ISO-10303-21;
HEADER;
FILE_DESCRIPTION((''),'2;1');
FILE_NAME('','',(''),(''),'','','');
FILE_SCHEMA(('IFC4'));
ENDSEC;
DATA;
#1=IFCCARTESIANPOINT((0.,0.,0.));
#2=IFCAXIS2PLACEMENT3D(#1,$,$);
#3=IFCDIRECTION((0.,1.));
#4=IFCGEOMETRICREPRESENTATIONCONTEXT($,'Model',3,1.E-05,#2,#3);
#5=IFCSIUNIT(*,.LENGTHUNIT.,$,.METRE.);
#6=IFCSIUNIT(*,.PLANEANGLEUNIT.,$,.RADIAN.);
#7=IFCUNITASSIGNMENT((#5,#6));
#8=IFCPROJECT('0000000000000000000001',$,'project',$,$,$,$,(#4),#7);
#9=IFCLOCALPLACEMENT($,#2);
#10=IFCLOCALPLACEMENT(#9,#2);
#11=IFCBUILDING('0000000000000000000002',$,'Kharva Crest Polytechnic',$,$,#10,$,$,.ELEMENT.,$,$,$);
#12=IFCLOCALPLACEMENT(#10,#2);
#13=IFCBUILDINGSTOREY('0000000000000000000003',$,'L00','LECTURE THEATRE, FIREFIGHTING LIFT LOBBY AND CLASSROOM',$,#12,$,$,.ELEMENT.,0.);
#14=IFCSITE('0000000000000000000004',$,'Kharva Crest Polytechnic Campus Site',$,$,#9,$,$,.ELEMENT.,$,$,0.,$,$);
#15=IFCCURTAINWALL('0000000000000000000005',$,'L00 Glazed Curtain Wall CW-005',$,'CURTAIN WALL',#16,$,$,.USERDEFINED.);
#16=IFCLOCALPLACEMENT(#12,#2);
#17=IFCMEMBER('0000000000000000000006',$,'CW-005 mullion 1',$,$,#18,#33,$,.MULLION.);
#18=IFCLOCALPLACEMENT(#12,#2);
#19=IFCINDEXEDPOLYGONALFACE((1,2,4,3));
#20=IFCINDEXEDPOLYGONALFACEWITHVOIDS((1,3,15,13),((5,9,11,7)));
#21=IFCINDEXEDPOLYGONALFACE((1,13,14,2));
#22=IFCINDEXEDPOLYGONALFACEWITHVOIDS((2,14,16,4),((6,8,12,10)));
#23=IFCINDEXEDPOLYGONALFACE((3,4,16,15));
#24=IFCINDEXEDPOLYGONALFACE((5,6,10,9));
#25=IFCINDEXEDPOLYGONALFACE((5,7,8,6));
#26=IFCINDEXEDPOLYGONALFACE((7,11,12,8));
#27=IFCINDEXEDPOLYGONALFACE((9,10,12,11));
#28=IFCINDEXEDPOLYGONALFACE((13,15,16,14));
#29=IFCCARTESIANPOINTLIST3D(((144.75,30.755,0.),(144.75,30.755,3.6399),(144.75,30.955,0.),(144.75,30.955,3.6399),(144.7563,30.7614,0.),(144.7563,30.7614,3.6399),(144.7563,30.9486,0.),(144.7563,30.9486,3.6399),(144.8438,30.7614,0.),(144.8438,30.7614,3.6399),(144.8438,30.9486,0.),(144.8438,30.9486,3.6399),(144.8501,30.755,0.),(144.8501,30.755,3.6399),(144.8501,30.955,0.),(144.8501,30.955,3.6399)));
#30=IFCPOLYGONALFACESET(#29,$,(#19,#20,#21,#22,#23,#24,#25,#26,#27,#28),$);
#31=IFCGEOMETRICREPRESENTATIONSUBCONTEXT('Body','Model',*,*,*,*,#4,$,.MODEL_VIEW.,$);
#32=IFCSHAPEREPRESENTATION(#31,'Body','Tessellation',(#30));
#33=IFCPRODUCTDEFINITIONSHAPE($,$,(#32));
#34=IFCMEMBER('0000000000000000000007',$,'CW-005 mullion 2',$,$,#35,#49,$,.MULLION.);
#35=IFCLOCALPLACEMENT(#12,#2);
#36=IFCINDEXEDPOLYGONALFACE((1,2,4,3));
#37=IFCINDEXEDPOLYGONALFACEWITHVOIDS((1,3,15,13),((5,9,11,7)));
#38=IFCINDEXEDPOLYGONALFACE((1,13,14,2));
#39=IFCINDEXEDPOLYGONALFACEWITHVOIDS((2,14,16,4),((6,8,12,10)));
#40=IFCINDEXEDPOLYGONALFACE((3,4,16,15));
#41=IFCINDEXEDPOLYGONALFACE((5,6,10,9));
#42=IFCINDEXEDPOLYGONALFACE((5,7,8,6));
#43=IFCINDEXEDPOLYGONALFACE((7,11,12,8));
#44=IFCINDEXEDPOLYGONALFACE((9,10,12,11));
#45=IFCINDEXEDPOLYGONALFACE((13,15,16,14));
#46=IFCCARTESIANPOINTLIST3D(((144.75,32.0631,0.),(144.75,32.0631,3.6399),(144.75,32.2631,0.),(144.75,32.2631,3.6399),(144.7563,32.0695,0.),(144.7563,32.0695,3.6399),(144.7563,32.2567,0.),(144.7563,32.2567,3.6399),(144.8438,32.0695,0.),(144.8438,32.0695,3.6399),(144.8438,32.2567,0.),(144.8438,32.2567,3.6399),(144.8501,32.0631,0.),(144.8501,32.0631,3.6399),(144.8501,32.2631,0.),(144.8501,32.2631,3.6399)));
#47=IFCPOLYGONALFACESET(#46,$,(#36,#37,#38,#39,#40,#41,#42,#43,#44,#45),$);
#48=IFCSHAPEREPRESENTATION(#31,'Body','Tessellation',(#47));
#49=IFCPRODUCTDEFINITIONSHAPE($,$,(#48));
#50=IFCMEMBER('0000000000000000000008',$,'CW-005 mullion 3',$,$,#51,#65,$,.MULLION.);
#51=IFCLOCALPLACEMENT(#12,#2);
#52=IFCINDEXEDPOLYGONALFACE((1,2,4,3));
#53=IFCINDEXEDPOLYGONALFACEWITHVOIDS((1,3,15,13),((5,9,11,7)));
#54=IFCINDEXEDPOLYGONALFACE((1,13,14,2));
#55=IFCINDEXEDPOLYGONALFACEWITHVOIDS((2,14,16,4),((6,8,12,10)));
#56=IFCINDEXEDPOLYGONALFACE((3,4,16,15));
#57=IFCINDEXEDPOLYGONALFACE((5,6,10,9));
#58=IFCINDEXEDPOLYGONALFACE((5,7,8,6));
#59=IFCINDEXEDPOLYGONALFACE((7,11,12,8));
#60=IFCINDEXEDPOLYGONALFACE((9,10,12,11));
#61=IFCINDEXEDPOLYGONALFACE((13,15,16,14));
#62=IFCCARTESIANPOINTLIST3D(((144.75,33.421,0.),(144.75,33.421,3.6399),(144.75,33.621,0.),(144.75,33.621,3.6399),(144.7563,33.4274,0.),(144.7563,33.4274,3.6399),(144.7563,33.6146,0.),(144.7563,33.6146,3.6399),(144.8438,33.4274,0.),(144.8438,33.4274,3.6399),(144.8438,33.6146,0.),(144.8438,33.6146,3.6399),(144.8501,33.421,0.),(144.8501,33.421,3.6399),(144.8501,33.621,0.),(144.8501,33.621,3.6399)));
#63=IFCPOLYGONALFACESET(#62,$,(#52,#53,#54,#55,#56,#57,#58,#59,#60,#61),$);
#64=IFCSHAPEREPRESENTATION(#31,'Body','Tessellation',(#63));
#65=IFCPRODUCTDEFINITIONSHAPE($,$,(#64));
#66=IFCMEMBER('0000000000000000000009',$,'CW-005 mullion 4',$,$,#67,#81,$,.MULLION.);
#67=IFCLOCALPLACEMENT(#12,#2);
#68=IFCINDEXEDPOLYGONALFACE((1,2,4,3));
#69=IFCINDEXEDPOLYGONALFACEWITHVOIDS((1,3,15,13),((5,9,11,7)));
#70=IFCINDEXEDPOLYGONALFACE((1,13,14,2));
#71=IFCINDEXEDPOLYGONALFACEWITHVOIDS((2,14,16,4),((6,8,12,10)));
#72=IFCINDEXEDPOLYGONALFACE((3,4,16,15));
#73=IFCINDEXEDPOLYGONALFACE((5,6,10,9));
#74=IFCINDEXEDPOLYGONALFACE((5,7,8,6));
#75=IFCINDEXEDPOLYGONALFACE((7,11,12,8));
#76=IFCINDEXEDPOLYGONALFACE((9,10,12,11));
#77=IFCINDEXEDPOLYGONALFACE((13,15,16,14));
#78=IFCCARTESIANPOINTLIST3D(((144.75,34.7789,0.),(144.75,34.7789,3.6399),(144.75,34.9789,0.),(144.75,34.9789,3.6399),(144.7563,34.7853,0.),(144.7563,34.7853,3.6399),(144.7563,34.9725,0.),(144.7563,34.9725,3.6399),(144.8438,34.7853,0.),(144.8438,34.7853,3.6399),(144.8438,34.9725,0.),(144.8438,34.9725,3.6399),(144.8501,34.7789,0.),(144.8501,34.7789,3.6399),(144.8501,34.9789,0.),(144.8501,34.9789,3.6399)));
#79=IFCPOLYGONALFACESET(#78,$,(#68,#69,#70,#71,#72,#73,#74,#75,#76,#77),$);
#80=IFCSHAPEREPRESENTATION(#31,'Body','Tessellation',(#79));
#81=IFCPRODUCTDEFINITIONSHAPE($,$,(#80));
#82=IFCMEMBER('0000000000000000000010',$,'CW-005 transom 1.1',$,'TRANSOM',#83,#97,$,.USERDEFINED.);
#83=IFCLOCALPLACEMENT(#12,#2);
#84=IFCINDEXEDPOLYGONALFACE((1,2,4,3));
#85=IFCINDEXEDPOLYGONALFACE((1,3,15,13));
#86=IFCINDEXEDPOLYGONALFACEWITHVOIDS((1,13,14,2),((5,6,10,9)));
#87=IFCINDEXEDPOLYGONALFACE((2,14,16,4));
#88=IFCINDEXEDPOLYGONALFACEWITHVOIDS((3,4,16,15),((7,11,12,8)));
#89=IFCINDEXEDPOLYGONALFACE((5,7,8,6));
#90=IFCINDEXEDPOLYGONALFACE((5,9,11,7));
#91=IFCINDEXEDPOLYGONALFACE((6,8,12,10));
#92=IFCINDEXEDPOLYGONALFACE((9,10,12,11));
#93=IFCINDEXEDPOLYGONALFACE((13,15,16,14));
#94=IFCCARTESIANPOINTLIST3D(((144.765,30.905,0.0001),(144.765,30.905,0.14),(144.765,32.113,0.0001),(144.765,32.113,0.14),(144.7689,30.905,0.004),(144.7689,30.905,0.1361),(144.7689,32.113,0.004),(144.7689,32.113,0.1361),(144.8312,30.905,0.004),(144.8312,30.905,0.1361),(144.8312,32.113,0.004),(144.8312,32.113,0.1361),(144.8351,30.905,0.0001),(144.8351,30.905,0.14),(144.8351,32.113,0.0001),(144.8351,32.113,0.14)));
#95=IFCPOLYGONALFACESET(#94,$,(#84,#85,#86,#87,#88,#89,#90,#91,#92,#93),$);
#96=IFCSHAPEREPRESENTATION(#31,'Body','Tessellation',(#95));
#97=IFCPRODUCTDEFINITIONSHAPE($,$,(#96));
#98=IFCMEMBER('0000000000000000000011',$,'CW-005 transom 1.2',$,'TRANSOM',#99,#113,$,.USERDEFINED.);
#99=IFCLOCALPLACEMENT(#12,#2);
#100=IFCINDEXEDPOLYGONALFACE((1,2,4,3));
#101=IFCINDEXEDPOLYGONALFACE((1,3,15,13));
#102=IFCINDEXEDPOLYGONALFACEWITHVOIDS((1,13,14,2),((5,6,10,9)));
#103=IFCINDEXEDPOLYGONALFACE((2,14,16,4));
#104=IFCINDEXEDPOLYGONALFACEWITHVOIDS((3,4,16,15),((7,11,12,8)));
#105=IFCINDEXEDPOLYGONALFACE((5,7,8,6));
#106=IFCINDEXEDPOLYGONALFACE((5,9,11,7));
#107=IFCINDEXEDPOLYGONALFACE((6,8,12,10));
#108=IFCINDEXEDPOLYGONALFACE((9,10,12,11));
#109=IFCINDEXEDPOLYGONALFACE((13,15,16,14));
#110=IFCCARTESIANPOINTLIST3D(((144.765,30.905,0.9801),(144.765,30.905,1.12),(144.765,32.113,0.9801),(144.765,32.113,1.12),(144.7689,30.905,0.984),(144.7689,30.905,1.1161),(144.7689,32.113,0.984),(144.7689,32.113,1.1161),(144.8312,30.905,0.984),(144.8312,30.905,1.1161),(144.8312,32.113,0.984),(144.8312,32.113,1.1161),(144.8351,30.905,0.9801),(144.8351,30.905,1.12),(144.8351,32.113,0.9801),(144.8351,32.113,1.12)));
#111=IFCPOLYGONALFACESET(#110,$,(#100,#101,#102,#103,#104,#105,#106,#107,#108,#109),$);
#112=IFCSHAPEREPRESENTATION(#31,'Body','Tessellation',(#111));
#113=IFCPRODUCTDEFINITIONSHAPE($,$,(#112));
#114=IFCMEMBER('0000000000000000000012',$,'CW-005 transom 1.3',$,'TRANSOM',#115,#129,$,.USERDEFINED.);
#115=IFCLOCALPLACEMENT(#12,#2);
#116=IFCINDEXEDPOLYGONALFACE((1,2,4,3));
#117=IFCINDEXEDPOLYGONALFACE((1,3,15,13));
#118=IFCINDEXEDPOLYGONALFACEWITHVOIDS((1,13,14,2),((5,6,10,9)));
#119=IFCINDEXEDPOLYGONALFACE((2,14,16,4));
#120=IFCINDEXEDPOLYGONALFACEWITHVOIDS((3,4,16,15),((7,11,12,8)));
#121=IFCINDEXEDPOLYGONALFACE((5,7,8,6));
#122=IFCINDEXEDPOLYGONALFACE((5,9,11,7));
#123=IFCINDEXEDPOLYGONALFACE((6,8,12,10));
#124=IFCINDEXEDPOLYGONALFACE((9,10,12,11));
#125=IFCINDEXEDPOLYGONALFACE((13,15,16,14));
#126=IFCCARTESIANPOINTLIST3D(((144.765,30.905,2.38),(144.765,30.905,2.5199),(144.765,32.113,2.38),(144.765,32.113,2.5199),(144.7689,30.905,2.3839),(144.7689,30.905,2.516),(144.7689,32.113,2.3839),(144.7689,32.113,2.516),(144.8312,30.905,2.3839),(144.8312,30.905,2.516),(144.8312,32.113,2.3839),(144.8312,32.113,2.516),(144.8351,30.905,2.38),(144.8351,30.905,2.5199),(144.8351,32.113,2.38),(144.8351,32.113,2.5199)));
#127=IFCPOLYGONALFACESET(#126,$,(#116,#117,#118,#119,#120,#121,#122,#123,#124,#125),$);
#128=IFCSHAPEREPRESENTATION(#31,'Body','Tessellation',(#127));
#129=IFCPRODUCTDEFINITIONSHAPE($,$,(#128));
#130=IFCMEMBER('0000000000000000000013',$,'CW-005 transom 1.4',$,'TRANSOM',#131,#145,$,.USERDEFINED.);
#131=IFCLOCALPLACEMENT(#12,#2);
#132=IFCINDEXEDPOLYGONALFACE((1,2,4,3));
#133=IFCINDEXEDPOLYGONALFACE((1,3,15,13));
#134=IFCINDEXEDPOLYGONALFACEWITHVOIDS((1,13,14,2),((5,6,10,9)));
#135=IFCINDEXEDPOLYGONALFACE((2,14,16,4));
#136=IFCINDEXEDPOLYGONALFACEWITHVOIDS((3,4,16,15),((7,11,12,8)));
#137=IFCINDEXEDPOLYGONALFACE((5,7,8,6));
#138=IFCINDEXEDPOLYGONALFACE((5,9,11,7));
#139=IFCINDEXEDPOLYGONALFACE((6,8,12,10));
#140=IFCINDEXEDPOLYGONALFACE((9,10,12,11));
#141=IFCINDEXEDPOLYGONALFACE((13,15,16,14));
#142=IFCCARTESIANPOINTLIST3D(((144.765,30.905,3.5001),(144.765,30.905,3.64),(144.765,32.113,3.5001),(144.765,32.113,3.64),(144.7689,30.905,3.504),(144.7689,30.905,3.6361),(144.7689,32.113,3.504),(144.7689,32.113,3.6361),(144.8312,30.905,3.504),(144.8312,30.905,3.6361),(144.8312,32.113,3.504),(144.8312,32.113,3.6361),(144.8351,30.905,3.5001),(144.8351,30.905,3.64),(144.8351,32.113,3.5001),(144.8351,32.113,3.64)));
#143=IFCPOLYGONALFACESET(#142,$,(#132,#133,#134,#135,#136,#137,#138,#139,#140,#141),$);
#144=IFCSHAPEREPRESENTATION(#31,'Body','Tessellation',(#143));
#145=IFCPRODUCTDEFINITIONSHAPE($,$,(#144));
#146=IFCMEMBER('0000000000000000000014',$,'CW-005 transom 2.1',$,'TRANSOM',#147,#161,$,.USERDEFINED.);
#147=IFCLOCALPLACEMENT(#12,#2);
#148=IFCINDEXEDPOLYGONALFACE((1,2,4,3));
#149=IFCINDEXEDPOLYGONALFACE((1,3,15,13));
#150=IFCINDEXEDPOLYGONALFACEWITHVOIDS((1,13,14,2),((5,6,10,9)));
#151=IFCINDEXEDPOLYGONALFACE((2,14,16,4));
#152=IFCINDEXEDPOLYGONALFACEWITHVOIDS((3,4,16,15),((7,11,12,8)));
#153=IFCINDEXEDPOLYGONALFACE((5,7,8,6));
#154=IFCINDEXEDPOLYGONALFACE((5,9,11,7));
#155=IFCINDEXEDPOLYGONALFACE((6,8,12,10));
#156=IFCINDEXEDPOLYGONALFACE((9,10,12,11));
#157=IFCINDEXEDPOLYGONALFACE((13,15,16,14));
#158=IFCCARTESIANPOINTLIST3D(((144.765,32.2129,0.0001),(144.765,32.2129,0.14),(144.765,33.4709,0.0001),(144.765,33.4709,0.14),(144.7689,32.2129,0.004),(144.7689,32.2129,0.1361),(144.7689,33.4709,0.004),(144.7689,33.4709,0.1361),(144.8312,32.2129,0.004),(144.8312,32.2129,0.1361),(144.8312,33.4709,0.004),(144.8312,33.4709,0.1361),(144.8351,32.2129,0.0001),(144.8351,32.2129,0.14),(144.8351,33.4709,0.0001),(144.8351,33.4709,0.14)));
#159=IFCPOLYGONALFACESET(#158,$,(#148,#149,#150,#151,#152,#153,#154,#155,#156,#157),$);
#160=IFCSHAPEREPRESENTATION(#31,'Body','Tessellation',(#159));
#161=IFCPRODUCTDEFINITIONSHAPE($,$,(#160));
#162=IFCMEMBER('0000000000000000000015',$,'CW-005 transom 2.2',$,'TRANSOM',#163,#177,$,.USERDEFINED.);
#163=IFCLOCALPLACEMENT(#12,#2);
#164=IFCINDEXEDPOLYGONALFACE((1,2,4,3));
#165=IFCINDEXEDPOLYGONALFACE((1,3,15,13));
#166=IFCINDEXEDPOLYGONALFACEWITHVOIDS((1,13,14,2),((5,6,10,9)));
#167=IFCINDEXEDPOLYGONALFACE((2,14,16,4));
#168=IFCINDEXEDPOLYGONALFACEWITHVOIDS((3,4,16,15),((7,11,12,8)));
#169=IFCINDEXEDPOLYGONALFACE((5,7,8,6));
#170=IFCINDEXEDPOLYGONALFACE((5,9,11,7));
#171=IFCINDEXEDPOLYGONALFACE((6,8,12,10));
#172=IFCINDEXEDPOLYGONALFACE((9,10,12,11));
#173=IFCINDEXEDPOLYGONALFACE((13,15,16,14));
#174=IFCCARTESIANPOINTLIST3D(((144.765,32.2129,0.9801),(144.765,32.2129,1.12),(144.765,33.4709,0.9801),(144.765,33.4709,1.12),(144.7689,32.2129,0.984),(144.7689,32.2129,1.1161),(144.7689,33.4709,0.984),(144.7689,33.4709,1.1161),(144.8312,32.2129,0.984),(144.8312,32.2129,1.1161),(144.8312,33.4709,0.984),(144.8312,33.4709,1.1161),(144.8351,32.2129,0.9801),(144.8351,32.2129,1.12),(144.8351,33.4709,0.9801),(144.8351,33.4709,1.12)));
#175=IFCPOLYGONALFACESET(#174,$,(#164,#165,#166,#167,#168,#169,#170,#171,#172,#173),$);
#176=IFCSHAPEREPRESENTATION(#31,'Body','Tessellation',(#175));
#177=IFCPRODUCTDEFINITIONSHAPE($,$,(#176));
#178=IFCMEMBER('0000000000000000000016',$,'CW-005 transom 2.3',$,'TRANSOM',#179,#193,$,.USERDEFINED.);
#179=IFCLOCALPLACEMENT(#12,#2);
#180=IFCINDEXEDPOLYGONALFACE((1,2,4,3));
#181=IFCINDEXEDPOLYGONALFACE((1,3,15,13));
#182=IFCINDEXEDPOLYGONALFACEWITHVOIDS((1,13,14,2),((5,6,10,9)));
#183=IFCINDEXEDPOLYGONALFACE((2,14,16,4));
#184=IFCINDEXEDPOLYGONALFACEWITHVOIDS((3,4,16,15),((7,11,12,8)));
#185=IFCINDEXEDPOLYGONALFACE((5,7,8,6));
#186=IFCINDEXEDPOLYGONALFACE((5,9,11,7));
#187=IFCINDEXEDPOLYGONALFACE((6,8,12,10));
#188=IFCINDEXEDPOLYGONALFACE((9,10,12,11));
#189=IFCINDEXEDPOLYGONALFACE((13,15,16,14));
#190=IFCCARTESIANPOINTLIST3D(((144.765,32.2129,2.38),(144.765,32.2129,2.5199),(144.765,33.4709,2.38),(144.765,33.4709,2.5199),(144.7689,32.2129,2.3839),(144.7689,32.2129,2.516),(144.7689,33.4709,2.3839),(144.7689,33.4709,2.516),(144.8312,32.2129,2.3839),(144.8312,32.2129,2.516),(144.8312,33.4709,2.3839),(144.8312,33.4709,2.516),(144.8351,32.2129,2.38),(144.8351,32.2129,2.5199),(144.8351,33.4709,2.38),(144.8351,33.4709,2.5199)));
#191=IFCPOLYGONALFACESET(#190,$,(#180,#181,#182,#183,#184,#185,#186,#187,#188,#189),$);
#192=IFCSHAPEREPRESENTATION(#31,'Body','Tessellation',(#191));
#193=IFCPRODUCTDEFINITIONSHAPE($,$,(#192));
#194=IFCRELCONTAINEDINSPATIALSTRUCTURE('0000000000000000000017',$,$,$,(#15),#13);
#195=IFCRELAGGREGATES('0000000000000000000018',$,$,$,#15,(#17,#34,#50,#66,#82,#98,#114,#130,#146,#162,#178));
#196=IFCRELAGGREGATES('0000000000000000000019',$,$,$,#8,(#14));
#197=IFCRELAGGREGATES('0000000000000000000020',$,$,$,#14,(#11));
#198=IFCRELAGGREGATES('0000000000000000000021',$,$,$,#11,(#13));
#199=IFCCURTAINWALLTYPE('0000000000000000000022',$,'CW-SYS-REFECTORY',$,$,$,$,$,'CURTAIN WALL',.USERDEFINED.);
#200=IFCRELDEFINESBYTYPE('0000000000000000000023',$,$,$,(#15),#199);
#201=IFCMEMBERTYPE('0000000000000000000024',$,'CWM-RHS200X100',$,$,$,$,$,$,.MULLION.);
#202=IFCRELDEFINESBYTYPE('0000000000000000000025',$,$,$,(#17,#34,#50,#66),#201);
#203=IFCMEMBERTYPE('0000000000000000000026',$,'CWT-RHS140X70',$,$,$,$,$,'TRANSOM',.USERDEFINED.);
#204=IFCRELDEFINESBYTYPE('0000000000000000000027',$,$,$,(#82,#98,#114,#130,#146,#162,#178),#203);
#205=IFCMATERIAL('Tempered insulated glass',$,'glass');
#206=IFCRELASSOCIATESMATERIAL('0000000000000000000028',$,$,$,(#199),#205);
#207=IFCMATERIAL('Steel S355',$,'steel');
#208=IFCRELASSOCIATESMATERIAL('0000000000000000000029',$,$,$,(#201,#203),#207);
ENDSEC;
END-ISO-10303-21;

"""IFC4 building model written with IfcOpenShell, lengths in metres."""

from ifc_helpers import new_model, si_unit, direction, frame, origin, origin_2d, place, context, subcontext, project, spatial, hollow_rectangle, extrude, material, material_profile, profile_set, type_object, element, aggregate, save


model = new_model("IFC4")

# Units and contexts
model_context = context("Model", 3, precision=1e-05, world=origin(), true_north=direction((0.0, 1.0)))
body_context = subcontext(model_context, "Body", "Model", "MODEL_VIEW")
ifc_project = project(units=[si_unit("LENGTHUNIT", "METRE"), si_unit("PLANEANGLEUNIT", "RADIAN")], contexts=[model_context])

# Site, building, storey
site_placement = place(None, origin())
site = spatial("IfcSite", under=ifc_project, at=site_placement, Name="Kharva Crest Polytechnic Campus Site", CompositionType="ELEMENT", RefElevation=0.0)
building_placement = place(site_placement, origin())
building = spatial("IfcBuilding", under=site, at=building_placement, Name="Kharva Crest Polytechnic", CompositionType="ELEMENT")
storey_placement = place(building_placement, origin())
storey = spatial("IfcBuildingStorey", under=building, at=storey_placement, Name="L00", Description="LECTURE THEATRE, FIREFIGHTING LIFT LOBBY AND CLASSROOM", CompositionType="ELEMENT", Elevation=0.0)

# Curtain wall, members
ifc_material_1 = material(Name="Tempered insulated glass", Category="glass")
curtain_wall_type = type_object("IfcCurtainWallType", Name="CW-SYS-REFECTORY", ElementType="CURTAIN WALL", PredefinedType="USERDEFINED", material=ifc_material_1)
curtain_wall_placement = place(storey_placement, origin())
curtain_wall = element("IfcCurtainWall", 1, at=curtain_wall_placement, inside=storey, type_object=curtain_wall_type, Name="L00 Glazed Curtain Wall CW-005", ObjectType="CURTAIN WALL", PredefinedType="USERDEFINED")
ifc_material_2 = material(Name="Steel S355", Category="steel")
ifc_material_profile_1 = material_profile(ifc_material_2, hollow_rectangle(XDim=0.1001, YDim=0.2, WallThickness=0.0063, at=origin_2d()), Name="RHS 200X100X6.3")
ifc_profile_set_1 = profile_set([ifc_material_profile_1], Name="Steel S355")
member_type_1 = type_object("IfcMemberType", Name="CWM-RHS200X100", PredefinedType="MULLION", material=ifc_profile_set_1)
member_1_placement = place(storey_placement, frame((144.8, 30.855, 0.0), z_axis=(0.0, 0.0, 1.0), x_axis=(-1.0, 0.0, 0.0)))
member_1 = element("IfcMember", 2, at=member_1_placement, type_object=member_type_1, Name="CW-005 mullion 1", PredefinedType="MULLION", context=body_context, shape_type="SweptSolid", body=[
    extrude(hollow_rectangle(XDim=0.1001, YDim=0.2, WallThickness=0.0063, at=origin_2d()), origin(), (0.0, 0.0, 1.0), 3.6399),
])
member_2_placement = place(storey_placement, frame((144.8, 32.1631, 0.0), z_axis=(0.0, 0.0, 1.0), x_axis=(-1.0, 0.0, 0.0)))
member_2 = element("IfcMember", 3, at=member_2_placement, type_object=member_type_1, Name="CW-005 mullion 2", PredefinedType="MULLION", context=body_context, shape_type="SweptSolid", body=[
    extrude(hollow_rectangle(XDim=0.1001, YDim=0.2, WallThickness=0.0063, at=origin_2d()), origin(), (0.0, 0.0, 1.0), 3.6399),
])
member_3_placement = place(storey_placement, frame((144.8, 33.521, 0.0), z_axis=(0.0, 0.0, 1.0), x_axis=(-1.0, 0.0, 0.0)))
member_3 = element("IfcMember", 4, at=member_3_placement, type_object=member_type_1, Name="CW-005 mullion 3", PredefinedType="MULLION", context=body_context, shape_type="SweptSolid", body=[
    extrude(hollow_rectangle(XDim=0.1001, YDim=0.2, WallThickness=0.0063, at=origin_2d()), origin(), (0.0, 0.0, 1.0), 3.6399),
])
member_4_placement = place(storey_placement, frame((144.8, 34.8789, 0.0), z_axis=(0.0, 0.0, 1.0), x_axis=(-1.0, 0.0, 0.0)))
member_4 = element("IfcMember", 5, at=member_4_placement, type_object=member_type_1, Name="CW-005 mullion 4", PredefinedType="MULLION", context=body_context, shape_type="SweptSolid", body=[
    extrude(hollow_rectangle(XDim=0.1001, YDim=0.2, WallThickness=0.0063, at=origin_2d()), origin(), (0.0, 0.0, 1.0), 3.6399),
])
ifc_material_profile_2 = material_profile(ifc_material_2, hollow_rectangle(XDim=0.0701, YDim=0.1399, WallThickness=0.0039, at=origin_2d()), Name="RHS 140X70X4.0")
ifc_profile_set_2 = profile_set([ifc_material_profile_2], Name="Steel S355")
member_type_2 = type_object("IfcMemberType", Name="CWT-RHS140X70", ElementType="TRANSOM", PredefinedType="USERDEFINED", material=ifc_profile_set_2)
member_5_placement = place(storey_placement, frame((144.8, 30.905, 0.0701), z_axis=(0.0, 1.0, 0.0), x_axis=(-1.0, 0.0, 0.0)))
member_5 = element("IfcMember", 6, at=member_5_placement, type_object=member_type_2, Name="CW-005 transom 1.1", ObjectType="TRANSOM", PredefinedType="USERDEFINED", context=body_context, shape_type="SweptSolid", body=[
    extrude(hollow_rectangle(XDim=0.0701, YDim=0.1399, WallThickness=0.0039, at=origin_2d()), origin(), (0.0, 0.0, 1.0), 1.208),
])
member_6_placement = place(storey_placement, frame((144.8, 30.905, 1.05), z_axis=(0.0, 1.0, 0.0), x_axis=(-1.0, 0.0, 0.0)))
member_6 = element("IfcMember", 7, at=member_6_placement, type_object=member_type_2, Name="CW-005 transom 1.2", ObjectType="TRANSOM", PredefinedType="USERDEFINED", context=body_context, shape_type="SweptSolid", body=[
    extrude(hollow_rectangle(XDim=0.0701, YDim=0.1399, WallThickness=0.0039, at=origin_2d()), origin(), (0.0, 0.0, 1.0), 1.208),
])
member_7_placement = place(storey_placement, frame((144.8, 30.905, 2.45), z_axis=(0.0, 1.0, 0.0), x_axis=(-1.0, 0.0, 0.0)))
member_7 = element("IfcMember", 8, at=member_7_placement, type_object=member_type_2, Name="CW-005 transom 1.3", ObjectType="TRANSOM", PredefinedType="USERDEFINED", context=body_context, shape_type="SweptSolid", body=[
    extrude(hollow_rectangle(XDim=0.0701, YDim=0.1399, WallThickness=0.0039, at=origin_2d()), origin(), (0.0, 0.0, 1.0), 1.208),
])
member_8_placement = place(storey_placement, frame((144.8, 30.905, 3.5701), z_axis=(0.0, 1.0, 0.0), x_axis=(-1.0, 0.0, 0.0)))
member_8 = element("IfcMember", 9, at=member_8_placement, type_object=member_type_2, Name="CW-005 transom 1.4", ObjectType="TRANSOM", PredefinedType="USERDEFINED", context=body_context, shape_type="SweptSolid", body=[
    extrude(hollow_rectangle(XDim=0.0701, YDim=0.1399, WallThickness=0.0039, at=origin_2d()), origin(), (0.0, 0.0, 1.0), 1.208),
])
member_9_placement = place(storey_placement, frame((144.8, 32.2129, 0.0701), z_axis=(0.0, 1.0, 0.0), x_axis=(-1.0, 0.0, 0.0)))
member_9 = element("IfcMember", 10, at=member_9_placement, type_object=member_type_2, Name="CW-005 transom 2.1", ObjectType="TRANSOM", PredefinedType="USERDEFINED", context=body_context, shape_type="SweptSolid", body=[
    extrude(hollow_rectangle(XDim=0.0701, YDim=0.1399, WallThickness=0.0039, at=origin_2d()), origin(), (0.0, 0.0, 1.0), 1.2581),
])
member_10_placement = place(storey_placement, frame((144.8, 32.2129, 1.05), z_axis=(0.0, 1.0, 0.0), x_axis=(-1.0, 0.0, 0.0)))
member_10 = element("IfcMember", 11, at=member_10_placement, type_object=member_type_2, Name="CW-005 transom 2.2", ObjectType="TRANSOM", PredefinedType="USERDEFINED", context=body_context, shape_type="SweptSolid", body=[
    extrude(hollow_rectangle(XDim=0.0701, YDim=0.1399, WallThickness=0.0039, at=origin_2d()), origin(), (0.0, 0.0, 1.0), 1.2581),
])
member_11_placement = place(storey_placement, frame((144.8, 32.2129, 2.45), z_axis=(0.0, 1.0, 0.0), x_axis=(-1.0, 0.0, 0.0)))
member_11 = element("IfcMember", 12, at=member_11_placement, type_object=member_type_2, Name="CW-005 transom 2.3", ObjectType="TRANSOM", PredefinedType="USERDEFINED", context=body_context, shape_type="SweptSolid", body=[
    extrude(hollow_rectangle(XDim=0.0701, YDim=0.1399, WallThickness=0.0039, at=origin_2d()), origin(), (0.0, 0.0, 1.0), 1.2581),
])
aggregate(curtain_wall, [member_1, member_2, member_3, member_4, member_5, member_6, member_7, member_8, member_9, member_10, member_11])

save(model, "model.ifc")
